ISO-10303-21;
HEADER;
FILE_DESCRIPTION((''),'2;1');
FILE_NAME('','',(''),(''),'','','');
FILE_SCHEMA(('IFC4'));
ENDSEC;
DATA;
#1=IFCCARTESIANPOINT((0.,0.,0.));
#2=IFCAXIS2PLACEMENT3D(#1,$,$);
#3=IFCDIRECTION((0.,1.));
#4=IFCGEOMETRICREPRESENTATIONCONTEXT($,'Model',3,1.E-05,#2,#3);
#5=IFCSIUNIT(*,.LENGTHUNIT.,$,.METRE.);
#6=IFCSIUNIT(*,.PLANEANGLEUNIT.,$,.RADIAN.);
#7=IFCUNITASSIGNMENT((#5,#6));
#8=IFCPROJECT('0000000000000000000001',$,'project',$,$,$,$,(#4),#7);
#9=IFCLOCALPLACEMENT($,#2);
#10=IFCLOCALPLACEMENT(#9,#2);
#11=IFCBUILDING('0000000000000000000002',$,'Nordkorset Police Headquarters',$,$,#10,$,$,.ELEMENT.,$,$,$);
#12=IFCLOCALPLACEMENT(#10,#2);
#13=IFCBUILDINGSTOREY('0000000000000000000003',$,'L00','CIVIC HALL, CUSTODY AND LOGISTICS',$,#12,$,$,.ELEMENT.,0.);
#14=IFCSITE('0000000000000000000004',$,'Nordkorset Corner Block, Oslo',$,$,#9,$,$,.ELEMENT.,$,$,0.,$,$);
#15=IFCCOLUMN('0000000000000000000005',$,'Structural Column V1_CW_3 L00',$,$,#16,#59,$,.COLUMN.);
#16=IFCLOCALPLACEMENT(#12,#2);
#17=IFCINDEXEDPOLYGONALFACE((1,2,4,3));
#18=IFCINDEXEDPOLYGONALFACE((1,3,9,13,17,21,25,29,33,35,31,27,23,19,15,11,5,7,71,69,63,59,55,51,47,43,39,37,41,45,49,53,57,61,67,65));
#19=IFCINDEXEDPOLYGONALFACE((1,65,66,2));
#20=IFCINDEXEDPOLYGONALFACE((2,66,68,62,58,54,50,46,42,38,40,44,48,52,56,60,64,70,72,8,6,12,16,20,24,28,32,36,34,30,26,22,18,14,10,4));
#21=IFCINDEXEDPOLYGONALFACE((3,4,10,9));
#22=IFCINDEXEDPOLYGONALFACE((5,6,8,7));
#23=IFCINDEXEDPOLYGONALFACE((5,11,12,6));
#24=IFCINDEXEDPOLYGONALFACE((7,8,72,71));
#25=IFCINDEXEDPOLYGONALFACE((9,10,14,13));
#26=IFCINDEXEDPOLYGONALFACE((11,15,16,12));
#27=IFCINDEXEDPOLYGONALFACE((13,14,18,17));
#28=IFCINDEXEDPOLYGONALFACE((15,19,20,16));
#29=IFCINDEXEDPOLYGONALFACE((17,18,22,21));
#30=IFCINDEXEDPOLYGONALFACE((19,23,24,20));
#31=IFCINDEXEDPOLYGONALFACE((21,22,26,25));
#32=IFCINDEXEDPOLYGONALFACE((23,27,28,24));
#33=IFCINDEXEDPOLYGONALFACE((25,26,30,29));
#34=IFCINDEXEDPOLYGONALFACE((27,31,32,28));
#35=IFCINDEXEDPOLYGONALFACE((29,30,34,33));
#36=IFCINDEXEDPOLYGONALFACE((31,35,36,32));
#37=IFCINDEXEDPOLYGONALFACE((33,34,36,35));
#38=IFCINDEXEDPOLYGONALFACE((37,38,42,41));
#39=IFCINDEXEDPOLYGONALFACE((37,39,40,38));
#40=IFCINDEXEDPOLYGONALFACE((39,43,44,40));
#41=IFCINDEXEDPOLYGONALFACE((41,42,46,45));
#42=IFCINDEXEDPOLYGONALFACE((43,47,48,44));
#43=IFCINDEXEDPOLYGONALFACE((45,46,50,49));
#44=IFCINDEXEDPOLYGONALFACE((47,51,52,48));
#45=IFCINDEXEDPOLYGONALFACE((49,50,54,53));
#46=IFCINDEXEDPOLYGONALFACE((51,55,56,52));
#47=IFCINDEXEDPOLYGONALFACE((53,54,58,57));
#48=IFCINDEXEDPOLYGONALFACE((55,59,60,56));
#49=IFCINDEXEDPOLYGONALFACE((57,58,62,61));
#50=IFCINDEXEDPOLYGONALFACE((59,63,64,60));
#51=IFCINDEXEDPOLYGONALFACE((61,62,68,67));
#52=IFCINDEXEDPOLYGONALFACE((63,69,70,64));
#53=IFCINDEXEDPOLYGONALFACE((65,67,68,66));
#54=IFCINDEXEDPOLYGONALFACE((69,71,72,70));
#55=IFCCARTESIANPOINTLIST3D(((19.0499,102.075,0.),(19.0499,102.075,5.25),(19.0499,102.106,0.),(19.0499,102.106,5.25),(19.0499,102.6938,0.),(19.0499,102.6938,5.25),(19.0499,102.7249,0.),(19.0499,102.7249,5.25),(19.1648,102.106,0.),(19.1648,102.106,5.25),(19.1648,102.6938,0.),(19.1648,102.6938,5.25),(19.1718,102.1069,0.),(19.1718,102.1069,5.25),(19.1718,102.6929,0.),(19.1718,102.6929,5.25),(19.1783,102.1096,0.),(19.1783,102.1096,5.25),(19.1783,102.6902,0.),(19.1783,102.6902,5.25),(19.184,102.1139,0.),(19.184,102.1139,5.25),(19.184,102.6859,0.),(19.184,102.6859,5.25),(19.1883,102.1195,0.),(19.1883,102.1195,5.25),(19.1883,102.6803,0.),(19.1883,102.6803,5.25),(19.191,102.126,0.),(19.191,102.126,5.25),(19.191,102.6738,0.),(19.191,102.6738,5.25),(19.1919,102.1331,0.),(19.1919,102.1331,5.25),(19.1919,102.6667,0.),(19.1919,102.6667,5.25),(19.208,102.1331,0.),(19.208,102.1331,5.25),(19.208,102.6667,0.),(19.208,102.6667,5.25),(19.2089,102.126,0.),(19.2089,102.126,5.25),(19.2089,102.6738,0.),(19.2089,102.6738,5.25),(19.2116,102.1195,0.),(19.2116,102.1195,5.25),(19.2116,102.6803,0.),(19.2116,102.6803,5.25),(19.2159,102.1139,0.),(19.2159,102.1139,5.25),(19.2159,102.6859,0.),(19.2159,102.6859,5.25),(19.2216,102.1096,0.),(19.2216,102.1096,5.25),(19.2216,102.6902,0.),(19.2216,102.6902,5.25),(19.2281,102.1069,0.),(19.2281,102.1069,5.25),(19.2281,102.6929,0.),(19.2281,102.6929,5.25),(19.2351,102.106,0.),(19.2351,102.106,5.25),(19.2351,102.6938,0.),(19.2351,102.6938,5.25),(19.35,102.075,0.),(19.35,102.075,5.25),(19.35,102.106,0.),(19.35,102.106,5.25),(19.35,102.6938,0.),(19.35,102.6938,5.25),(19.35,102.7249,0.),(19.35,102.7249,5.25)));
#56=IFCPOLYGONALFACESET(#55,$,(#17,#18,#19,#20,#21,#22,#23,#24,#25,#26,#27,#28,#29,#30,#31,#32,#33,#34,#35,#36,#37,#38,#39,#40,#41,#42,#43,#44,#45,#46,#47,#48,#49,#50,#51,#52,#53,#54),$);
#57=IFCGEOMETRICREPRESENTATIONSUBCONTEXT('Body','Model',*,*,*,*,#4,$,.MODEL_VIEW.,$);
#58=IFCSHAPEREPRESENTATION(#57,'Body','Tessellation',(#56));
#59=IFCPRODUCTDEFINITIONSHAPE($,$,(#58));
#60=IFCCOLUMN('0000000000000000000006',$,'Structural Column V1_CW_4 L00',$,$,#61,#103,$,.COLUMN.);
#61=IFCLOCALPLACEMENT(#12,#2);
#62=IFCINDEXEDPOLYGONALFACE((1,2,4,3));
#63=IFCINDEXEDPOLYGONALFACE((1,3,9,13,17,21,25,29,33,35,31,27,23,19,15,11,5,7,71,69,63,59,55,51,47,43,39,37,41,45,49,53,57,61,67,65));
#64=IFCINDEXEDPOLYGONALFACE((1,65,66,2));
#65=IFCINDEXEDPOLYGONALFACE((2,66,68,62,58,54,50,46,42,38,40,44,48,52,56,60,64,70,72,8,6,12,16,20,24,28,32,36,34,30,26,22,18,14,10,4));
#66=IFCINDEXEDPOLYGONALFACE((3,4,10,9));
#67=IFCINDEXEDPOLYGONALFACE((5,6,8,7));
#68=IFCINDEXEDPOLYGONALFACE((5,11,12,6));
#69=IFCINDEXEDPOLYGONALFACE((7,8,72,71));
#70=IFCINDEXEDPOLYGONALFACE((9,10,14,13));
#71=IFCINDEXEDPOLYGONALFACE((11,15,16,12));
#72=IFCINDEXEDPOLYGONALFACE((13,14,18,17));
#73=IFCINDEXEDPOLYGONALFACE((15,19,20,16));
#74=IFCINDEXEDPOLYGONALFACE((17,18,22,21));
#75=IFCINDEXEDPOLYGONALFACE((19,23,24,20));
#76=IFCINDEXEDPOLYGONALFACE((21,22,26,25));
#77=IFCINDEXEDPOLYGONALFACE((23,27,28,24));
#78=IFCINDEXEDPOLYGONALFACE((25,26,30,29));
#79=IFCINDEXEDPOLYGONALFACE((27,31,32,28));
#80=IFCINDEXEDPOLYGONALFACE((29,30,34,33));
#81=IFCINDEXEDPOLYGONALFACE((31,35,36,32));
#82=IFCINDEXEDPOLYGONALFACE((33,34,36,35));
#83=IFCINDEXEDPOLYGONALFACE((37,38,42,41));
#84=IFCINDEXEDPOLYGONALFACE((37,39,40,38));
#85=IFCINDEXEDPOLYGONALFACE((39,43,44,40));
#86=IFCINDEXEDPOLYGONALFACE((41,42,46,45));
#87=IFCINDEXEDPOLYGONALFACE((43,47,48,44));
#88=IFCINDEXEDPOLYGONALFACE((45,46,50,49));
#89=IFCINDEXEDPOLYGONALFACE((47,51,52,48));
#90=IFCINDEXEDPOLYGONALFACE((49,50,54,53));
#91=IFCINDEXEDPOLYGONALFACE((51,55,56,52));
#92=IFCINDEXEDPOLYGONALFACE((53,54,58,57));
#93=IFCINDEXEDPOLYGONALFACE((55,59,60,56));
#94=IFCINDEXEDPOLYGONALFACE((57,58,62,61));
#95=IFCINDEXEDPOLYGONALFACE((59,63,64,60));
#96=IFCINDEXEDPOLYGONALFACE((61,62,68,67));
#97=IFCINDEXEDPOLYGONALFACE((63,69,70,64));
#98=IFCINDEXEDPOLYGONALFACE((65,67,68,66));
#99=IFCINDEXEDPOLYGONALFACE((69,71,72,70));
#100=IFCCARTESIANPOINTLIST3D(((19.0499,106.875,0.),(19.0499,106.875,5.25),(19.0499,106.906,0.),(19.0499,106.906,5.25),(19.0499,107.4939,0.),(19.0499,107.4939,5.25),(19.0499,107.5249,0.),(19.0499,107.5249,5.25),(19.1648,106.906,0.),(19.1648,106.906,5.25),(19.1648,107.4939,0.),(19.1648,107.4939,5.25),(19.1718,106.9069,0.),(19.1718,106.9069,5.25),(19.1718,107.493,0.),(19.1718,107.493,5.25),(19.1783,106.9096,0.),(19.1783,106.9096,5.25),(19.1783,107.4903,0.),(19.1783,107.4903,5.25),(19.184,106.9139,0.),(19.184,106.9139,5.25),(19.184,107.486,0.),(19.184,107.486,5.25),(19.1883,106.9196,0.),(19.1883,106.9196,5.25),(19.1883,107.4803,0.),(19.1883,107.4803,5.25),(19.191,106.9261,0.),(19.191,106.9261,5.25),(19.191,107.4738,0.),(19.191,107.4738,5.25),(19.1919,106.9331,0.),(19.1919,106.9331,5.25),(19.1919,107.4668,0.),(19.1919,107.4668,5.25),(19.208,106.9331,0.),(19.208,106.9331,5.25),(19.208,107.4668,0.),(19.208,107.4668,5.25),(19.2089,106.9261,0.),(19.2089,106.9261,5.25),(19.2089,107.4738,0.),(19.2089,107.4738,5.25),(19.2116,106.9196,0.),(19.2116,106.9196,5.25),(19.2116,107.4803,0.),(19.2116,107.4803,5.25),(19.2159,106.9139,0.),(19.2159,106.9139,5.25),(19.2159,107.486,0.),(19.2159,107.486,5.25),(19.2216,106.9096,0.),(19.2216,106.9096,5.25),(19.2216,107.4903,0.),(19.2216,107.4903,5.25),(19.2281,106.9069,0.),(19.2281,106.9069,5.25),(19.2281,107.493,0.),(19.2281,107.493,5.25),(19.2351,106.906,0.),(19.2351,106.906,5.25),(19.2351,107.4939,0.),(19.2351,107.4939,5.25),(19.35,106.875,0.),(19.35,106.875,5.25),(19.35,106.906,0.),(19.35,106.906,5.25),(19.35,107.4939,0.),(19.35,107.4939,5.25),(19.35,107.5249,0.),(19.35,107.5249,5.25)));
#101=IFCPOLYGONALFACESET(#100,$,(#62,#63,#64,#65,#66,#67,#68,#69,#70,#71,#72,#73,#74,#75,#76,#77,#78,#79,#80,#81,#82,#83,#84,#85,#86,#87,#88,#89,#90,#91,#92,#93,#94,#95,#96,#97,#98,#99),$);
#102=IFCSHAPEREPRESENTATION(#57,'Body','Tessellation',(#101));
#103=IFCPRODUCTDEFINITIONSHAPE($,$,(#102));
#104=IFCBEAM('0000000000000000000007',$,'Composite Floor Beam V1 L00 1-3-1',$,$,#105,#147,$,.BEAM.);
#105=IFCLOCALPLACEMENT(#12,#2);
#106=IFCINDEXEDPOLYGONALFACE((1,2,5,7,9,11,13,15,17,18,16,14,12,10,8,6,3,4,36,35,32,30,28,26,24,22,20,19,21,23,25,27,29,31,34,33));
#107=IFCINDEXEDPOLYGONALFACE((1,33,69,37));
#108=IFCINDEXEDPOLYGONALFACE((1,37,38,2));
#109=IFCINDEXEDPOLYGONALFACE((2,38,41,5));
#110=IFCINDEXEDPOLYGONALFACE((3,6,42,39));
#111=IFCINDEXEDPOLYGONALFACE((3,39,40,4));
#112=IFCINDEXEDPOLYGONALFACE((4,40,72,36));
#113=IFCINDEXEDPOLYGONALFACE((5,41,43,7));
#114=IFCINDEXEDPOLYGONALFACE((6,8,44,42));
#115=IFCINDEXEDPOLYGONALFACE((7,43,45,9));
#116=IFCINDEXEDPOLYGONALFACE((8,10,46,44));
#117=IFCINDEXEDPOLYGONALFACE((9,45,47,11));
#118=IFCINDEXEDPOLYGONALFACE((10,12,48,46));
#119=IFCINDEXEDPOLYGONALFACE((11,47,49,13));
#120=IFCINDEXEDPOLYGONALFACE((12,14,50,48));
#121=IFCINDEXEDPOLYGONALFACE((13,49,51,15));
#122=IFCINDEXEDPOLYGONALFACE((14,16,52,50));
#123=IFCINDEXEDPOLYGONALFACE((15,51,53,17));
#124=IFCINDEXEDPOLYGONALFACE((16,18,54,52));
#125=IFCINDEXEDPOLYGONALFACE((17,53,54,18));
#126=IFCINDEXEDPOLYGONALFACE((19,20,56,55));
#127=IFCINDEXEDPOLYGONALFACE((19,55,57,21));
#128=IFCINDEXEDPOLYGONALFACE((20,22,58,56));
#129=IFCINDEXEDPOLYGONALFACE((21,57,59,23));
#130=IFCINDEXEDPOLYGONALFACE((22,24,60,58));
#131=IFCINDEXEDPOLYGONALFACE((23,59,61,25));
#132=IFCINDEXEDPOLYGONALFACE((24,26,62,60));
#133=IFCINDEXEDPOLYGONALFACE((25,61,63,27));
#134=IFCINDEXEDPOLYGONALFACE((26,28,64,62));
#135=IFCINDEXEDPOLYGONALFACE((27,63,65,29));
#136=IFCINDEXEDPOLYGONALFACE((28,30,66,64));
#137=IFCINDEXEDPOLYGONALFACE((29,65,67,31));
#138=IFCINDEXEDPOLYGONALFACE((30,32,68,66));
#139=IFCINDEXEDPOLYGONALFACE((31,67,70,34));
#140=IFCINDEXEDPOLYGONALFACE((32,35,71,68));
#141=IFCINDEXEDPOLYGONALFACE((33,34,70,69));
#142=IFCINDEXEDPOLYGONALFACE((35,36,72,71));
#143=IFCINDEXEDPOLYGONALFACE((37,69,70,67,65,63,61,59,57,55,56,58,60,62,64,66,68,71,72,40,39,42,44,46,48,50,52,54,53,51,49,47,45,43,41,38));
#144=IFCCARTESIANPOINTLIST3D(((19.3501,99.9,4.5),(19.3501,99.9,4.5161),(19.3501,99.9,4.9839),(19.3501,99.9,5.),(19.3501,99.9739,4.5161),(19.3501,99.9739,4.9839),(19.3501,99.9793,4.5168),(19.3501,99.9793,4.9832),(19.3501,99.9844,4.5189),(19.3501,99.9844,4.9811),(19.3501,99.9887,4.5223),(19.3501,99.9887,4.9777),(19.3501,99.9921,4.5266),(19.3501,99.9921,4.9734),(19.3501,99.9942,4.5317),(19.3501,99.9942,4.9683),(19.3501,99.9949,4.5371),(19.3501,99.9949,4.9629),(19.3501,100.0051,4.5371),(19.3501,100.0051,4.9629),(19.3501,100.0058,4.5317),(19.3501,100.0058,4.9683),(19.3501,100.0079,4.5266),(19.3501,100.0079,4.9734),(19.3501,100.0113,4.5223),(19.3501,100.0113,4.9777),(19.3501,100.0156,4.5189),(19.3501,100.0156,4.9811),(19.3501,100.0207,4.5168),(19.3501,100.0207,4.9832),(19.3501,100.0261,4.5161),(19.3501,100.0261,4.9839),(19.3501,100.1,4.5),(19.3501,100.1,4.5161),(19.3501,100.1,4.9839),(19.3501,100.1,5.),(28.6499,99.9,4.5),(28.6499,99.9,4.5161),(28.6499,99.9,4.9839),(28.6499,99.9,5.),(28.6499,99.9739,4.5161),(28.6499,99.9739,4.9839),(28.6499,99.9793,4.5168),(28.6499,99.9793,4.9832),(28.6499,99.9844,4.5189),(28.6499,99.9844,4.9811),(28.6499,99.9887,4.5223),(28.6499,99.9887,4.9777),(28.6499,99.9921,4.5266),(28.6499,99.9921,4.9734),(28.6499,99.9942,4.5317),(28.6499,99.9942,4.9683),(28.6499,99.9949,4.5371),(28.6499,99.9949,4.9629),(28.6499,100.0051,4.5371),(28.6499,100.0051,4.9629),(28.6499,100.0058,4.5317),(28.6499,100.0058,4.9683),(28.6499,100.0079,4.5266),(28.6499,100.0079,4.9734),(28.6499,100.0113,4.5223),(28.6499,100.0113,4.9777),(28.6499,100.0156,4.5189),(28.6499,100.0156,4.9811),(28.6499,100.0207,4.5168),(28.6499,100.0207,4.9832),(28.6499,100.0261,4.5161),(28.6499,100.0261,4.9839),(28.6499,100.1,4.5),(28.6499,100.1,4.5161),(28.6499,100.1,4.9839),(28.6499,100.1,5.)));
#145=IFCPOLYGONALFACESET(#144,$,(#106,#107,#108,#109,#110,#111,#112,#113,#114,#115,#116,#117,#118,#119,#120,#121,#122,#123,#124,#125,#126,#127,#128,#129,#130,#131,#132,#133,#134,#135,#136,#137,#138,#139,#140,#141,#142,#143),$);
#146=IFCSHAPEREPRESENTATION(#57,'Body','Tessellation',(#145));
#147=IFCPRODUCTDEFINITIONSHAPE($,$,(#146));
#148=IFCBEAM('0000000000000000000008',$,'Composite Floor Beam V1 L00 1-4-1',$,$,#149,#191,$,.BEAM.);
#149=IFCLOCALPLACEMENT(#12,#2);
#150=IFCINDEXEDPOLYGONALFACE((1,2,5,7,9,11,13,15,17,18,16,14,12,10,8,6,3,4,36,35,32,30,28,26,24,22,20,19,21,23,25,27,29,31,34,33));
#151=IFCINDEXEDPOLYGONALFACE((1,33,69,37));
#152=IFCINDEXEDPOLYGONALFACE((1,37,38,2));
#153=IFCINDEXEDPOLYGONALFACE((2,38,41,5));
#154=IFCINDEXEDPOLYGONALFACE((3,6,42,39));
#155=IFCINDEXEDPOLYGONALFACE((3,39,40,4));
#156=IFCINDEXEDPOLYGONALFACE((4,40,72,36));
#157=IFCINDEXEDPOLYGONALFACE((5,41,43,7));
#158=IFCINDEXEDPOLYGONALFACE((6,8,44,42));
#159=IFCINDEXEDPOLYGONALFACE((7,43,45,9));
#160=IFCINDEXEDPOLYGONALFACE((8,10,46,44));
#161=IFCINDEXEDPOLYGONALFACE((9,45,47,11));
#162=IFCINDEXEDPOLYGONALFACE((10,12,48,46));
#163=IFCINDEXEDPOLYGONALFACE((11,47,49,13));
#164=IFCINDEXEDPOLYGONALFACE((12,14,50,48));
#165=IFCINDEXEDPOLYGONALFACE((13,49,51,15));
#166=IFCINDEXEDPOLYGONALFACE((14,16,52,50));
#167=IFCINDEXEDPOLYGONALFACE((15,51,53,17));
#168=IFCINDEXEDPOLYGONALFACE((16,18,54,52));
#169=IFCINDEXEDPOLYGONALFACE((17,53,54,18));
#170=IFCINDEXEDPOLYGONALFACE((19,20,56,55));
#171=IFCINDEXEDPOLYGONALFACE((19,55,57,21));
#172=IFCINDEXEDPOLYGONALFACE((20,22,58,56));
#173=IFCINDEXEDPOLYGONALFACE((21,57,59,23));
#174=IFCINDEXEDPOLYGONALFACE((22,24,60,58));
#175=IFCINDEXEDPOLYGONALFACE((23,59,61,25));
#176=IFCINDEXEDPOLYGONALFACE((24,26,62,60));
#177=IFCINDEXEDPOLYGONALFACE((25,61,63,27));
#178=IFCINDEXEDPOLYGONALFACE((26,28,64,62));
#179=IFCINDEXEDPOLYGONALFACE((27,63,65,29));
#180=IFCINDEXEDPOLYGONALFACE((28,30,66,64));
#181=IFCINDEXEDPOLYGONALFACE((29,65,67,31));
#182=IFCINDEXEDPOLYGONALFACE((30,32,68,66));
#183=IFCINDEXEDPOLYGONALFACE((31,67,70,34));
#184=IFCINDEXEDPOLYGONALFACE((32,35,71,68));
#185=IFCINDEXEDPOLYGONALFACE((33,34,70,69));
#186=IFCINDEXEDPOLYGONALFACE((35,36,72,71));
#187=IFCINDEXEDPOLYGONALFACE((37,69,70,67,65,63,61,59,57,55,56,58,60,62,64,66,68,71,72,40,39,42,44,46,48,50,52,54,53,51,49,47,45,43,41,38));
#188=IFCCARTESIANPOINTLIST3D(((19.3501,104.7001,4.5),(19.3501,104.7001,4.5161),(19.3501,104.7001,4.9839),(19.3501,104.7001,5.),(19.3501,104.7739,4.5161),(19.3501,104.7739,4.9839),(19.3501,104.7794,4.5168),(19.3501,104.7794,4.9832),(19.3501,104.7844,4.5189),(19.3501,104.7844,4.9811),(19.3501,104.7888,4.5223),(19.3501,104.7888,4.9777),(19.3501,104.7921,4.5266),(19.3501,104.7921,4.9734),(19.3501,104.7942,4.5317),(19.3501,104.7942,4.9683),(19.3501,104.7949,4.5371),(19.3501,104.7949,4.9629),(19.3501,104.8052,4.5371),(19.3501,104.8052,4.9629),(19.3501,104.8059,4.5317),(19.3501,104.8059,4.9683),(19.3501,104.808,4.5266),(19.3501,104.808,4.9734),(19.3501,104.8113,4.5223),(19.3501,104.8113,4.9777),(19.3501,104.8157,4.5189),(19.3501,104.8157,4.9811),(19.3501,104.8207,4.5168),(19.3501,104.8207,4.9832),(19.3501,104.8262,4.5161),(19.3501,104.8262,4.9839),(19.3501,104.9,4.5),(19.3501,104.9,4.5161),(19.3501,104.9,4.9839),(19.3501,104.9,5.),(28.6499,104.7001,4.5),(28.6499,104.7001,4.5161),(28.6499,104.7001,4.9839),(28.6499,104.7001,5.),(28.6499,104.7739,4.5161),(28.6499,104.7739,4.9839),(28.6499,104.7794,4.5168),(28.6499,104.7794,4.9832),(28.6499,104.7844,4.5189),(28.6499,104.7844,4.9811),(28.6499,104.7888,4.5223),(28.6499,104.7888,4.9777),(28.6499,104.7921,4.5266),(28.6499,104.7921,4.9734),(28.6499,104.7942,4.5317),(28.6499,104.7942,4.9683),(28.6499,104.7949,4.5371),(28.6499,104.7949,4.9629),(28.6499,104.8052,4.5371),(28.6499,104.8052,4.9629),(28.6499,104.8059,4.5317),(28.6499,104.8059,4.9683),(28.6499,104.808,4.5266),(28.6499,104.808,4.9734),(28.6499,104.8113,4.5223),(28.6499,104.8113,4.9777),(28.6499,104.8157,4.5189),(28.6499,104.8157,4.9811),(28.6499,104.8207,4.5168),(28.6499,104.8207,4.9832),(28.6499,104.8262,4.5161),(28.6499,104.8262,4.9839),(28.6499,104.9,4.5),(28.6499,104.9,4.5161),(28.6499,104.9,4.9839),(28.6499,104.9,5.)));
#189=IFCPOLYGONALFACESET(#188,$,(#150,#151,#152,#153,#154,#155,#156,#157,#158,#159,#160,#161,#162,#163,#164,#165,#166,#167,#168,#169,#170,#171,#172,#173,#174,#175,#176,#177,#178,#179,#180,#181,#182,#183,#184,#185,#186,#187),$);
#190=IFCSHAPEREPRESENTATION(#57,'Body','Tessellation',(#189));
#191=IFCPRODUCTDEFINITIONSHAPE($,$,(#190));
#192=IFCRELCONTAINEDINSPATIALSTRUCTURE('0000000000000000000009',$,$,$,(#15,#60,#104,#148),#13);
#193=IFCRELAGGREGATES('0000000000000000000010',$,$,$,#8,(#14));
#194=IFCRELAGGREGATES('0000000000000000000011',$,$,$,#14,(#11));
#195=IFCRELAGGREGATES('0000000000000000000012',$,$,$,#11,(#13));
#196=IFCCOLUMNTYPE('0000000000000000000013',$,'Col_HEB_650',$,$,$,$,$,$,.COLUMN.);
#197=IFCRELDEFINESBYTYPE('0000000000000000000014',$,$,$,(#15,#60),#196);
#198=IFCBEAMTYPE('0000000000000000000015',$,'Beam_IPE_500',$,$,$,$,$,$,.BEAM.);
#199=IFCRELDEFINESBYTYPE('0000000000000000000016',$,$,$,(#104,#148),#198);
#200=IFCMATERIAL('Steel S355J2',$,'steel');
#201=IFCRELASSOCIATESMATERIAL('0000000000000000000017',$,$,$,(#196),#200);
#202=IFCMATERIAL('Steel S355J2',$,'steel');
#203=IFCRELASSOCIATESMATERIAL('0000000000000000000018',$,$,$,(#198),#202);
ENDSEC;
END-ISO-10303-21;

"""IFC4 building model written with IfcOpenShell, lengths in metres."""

from ifc_helpers import new_model, si_unit, direction, frame, origin, origin_2d, place, context, subcontext, project, spatial, i_section, extrude, material, material_profile, profile_set, type_object, element, save


model = new_model("IFC4")

# Units and contexts
model_context = context("Model", 3, precision=1e-05, world=origin(), true_north=direction((0.0, 1.0)))
body_context = subcontext(model_context, "Body", "Model", "MODEL_VIEW")
ifc_project = project(units=[si_unit("LENGTHUNIT", "METRE"), si_unit("PLANEANGLEUNIT", "RADIAN")], contexts=[model_context])

# Site, building, storey
site_placement = place(None, origin())
site = spatial("IfcSite", under=ifc_project, at=site_placement, Name="Nordkorset Corner Block, Oslo", CompositionType="ELEMENT", RefElevation=0.0)
building_placement = place(site_placement, origin())
building = spatial("IfcBuilding", under=site, at=building_placement, Name="Nordkorset Police Headquarters", CompositionType="ELEMENT")
storey_placement = place(building_placement, origin())
storey = spatial("IfcBuildingStorey", under=building, at=storey_placement, Name="L00", Description="CIVIC HALL, CUSTODY AND LOGISTICS", CompositionType="ELEMENT", Elevation=0.0)

# Columns
ifc_material_1 = material(Name="Steel S355J2", Category="steel")
ifc_material_profile_1 = material_profile(ifc_material_1, i_section(OverallWidth=0.3, OverallDepth=0.6499, WebThickness=0.0161, FlangeThickness=0.031, FilletRadius=0.0271, at=origin_2d()), Name="HEB 650")
ifc_profile_set_1 = profile_set([ifc_material_profile_1], Name="Steel S355J2")
column_type = type_object("IfcColumnType", Name="Col_HEB_650", PredefinedType="COLUMN", material=ifc_profile_set_1)
for number, where, z_axis, x_axis, name in (
    (1, (19.2, 102.3999, 0.0), (0.0, 0.0, 1.0), (1.0, 0.0, 0.0), "Structural Column V1_CW_3 L00"),
    (2, (19.2, 107.2, 0.0), (0.0, 0.0, 1.0), (1.0, 0.0, 0.0), "Structural Column V1_CW_4 L00"),
):
    element("IfcColumn", number, at=place(storey_placement, frame(where, z_axis=z_axis, x_axis=x_axis)), inside=storey, type_object=column_type, Name=name, PredefinedType="COLUMN", context=body_context, shape_type="SweptSolid", body=[
        extrude(i_section(OverallWidth=0.3, OverallDepth=0.6499, WebThickness=0.0161, FlangeThickness=0.031, FilletRadius=0.0271, at=origin_2d()), origin(), (0.0, 0.0, 1.0), 5.25),
    ])

# Beams
ifc_material_2 = material(Name="Steel S355J2", Category="steel")
ifc_material_profile_2 = material_profile(ifc_material_2, i_section(OverallWidth=0.2, OverallDepth=0.5, WebThickness=0.0103, FlangeThickness=0.0161, FilletRadius=0.021, at=origin_2d()), Name="IPE 500")
ifc_profile_set_2 = profile_set([ifc_material_profile_2], Name="Steel S355J2")
beam_type_1 = type_object("IfcBeamType", Name="Beam_IPE_500", PredefinedType="BEAM", material=ifc_profile_set_2)
for number, where, z_axis, x_axis, name in (
    (3, (19.3501, 100.0, 4.75), (1.0, 0.0, 0.0), (0.0, 1.0, 0.0), "Composite Floor Beam V1 L00 1-3-1"),
    (4, (19.3501, 104.8, 4.75), (1.0, 0.0, 0.0), (0.0, 1.0, 0.0), "Composite Floor Beam V1 L00 1-4-1"),
):
    element("IfcBeam", number, at=place(storey_placement, frame(where, z_axis=z_axis, x_axis=x_axis)), inside=storey, type_object=beam_type_1, Name=name, PredefinedType="BEAM", context=body_context, shape_type="SweptSolid", body=[
        extrude(i_section(OverallWidth=0.2, OverallDepth=0.5, WebThickness=0.0103, FlangeThickness=0.0161, FilletRadius=0.021, at=origin_2d()), origin(), (0.0, 0.0, 1.0), 9.2998),
    ])

save(model, "model.ifc")
